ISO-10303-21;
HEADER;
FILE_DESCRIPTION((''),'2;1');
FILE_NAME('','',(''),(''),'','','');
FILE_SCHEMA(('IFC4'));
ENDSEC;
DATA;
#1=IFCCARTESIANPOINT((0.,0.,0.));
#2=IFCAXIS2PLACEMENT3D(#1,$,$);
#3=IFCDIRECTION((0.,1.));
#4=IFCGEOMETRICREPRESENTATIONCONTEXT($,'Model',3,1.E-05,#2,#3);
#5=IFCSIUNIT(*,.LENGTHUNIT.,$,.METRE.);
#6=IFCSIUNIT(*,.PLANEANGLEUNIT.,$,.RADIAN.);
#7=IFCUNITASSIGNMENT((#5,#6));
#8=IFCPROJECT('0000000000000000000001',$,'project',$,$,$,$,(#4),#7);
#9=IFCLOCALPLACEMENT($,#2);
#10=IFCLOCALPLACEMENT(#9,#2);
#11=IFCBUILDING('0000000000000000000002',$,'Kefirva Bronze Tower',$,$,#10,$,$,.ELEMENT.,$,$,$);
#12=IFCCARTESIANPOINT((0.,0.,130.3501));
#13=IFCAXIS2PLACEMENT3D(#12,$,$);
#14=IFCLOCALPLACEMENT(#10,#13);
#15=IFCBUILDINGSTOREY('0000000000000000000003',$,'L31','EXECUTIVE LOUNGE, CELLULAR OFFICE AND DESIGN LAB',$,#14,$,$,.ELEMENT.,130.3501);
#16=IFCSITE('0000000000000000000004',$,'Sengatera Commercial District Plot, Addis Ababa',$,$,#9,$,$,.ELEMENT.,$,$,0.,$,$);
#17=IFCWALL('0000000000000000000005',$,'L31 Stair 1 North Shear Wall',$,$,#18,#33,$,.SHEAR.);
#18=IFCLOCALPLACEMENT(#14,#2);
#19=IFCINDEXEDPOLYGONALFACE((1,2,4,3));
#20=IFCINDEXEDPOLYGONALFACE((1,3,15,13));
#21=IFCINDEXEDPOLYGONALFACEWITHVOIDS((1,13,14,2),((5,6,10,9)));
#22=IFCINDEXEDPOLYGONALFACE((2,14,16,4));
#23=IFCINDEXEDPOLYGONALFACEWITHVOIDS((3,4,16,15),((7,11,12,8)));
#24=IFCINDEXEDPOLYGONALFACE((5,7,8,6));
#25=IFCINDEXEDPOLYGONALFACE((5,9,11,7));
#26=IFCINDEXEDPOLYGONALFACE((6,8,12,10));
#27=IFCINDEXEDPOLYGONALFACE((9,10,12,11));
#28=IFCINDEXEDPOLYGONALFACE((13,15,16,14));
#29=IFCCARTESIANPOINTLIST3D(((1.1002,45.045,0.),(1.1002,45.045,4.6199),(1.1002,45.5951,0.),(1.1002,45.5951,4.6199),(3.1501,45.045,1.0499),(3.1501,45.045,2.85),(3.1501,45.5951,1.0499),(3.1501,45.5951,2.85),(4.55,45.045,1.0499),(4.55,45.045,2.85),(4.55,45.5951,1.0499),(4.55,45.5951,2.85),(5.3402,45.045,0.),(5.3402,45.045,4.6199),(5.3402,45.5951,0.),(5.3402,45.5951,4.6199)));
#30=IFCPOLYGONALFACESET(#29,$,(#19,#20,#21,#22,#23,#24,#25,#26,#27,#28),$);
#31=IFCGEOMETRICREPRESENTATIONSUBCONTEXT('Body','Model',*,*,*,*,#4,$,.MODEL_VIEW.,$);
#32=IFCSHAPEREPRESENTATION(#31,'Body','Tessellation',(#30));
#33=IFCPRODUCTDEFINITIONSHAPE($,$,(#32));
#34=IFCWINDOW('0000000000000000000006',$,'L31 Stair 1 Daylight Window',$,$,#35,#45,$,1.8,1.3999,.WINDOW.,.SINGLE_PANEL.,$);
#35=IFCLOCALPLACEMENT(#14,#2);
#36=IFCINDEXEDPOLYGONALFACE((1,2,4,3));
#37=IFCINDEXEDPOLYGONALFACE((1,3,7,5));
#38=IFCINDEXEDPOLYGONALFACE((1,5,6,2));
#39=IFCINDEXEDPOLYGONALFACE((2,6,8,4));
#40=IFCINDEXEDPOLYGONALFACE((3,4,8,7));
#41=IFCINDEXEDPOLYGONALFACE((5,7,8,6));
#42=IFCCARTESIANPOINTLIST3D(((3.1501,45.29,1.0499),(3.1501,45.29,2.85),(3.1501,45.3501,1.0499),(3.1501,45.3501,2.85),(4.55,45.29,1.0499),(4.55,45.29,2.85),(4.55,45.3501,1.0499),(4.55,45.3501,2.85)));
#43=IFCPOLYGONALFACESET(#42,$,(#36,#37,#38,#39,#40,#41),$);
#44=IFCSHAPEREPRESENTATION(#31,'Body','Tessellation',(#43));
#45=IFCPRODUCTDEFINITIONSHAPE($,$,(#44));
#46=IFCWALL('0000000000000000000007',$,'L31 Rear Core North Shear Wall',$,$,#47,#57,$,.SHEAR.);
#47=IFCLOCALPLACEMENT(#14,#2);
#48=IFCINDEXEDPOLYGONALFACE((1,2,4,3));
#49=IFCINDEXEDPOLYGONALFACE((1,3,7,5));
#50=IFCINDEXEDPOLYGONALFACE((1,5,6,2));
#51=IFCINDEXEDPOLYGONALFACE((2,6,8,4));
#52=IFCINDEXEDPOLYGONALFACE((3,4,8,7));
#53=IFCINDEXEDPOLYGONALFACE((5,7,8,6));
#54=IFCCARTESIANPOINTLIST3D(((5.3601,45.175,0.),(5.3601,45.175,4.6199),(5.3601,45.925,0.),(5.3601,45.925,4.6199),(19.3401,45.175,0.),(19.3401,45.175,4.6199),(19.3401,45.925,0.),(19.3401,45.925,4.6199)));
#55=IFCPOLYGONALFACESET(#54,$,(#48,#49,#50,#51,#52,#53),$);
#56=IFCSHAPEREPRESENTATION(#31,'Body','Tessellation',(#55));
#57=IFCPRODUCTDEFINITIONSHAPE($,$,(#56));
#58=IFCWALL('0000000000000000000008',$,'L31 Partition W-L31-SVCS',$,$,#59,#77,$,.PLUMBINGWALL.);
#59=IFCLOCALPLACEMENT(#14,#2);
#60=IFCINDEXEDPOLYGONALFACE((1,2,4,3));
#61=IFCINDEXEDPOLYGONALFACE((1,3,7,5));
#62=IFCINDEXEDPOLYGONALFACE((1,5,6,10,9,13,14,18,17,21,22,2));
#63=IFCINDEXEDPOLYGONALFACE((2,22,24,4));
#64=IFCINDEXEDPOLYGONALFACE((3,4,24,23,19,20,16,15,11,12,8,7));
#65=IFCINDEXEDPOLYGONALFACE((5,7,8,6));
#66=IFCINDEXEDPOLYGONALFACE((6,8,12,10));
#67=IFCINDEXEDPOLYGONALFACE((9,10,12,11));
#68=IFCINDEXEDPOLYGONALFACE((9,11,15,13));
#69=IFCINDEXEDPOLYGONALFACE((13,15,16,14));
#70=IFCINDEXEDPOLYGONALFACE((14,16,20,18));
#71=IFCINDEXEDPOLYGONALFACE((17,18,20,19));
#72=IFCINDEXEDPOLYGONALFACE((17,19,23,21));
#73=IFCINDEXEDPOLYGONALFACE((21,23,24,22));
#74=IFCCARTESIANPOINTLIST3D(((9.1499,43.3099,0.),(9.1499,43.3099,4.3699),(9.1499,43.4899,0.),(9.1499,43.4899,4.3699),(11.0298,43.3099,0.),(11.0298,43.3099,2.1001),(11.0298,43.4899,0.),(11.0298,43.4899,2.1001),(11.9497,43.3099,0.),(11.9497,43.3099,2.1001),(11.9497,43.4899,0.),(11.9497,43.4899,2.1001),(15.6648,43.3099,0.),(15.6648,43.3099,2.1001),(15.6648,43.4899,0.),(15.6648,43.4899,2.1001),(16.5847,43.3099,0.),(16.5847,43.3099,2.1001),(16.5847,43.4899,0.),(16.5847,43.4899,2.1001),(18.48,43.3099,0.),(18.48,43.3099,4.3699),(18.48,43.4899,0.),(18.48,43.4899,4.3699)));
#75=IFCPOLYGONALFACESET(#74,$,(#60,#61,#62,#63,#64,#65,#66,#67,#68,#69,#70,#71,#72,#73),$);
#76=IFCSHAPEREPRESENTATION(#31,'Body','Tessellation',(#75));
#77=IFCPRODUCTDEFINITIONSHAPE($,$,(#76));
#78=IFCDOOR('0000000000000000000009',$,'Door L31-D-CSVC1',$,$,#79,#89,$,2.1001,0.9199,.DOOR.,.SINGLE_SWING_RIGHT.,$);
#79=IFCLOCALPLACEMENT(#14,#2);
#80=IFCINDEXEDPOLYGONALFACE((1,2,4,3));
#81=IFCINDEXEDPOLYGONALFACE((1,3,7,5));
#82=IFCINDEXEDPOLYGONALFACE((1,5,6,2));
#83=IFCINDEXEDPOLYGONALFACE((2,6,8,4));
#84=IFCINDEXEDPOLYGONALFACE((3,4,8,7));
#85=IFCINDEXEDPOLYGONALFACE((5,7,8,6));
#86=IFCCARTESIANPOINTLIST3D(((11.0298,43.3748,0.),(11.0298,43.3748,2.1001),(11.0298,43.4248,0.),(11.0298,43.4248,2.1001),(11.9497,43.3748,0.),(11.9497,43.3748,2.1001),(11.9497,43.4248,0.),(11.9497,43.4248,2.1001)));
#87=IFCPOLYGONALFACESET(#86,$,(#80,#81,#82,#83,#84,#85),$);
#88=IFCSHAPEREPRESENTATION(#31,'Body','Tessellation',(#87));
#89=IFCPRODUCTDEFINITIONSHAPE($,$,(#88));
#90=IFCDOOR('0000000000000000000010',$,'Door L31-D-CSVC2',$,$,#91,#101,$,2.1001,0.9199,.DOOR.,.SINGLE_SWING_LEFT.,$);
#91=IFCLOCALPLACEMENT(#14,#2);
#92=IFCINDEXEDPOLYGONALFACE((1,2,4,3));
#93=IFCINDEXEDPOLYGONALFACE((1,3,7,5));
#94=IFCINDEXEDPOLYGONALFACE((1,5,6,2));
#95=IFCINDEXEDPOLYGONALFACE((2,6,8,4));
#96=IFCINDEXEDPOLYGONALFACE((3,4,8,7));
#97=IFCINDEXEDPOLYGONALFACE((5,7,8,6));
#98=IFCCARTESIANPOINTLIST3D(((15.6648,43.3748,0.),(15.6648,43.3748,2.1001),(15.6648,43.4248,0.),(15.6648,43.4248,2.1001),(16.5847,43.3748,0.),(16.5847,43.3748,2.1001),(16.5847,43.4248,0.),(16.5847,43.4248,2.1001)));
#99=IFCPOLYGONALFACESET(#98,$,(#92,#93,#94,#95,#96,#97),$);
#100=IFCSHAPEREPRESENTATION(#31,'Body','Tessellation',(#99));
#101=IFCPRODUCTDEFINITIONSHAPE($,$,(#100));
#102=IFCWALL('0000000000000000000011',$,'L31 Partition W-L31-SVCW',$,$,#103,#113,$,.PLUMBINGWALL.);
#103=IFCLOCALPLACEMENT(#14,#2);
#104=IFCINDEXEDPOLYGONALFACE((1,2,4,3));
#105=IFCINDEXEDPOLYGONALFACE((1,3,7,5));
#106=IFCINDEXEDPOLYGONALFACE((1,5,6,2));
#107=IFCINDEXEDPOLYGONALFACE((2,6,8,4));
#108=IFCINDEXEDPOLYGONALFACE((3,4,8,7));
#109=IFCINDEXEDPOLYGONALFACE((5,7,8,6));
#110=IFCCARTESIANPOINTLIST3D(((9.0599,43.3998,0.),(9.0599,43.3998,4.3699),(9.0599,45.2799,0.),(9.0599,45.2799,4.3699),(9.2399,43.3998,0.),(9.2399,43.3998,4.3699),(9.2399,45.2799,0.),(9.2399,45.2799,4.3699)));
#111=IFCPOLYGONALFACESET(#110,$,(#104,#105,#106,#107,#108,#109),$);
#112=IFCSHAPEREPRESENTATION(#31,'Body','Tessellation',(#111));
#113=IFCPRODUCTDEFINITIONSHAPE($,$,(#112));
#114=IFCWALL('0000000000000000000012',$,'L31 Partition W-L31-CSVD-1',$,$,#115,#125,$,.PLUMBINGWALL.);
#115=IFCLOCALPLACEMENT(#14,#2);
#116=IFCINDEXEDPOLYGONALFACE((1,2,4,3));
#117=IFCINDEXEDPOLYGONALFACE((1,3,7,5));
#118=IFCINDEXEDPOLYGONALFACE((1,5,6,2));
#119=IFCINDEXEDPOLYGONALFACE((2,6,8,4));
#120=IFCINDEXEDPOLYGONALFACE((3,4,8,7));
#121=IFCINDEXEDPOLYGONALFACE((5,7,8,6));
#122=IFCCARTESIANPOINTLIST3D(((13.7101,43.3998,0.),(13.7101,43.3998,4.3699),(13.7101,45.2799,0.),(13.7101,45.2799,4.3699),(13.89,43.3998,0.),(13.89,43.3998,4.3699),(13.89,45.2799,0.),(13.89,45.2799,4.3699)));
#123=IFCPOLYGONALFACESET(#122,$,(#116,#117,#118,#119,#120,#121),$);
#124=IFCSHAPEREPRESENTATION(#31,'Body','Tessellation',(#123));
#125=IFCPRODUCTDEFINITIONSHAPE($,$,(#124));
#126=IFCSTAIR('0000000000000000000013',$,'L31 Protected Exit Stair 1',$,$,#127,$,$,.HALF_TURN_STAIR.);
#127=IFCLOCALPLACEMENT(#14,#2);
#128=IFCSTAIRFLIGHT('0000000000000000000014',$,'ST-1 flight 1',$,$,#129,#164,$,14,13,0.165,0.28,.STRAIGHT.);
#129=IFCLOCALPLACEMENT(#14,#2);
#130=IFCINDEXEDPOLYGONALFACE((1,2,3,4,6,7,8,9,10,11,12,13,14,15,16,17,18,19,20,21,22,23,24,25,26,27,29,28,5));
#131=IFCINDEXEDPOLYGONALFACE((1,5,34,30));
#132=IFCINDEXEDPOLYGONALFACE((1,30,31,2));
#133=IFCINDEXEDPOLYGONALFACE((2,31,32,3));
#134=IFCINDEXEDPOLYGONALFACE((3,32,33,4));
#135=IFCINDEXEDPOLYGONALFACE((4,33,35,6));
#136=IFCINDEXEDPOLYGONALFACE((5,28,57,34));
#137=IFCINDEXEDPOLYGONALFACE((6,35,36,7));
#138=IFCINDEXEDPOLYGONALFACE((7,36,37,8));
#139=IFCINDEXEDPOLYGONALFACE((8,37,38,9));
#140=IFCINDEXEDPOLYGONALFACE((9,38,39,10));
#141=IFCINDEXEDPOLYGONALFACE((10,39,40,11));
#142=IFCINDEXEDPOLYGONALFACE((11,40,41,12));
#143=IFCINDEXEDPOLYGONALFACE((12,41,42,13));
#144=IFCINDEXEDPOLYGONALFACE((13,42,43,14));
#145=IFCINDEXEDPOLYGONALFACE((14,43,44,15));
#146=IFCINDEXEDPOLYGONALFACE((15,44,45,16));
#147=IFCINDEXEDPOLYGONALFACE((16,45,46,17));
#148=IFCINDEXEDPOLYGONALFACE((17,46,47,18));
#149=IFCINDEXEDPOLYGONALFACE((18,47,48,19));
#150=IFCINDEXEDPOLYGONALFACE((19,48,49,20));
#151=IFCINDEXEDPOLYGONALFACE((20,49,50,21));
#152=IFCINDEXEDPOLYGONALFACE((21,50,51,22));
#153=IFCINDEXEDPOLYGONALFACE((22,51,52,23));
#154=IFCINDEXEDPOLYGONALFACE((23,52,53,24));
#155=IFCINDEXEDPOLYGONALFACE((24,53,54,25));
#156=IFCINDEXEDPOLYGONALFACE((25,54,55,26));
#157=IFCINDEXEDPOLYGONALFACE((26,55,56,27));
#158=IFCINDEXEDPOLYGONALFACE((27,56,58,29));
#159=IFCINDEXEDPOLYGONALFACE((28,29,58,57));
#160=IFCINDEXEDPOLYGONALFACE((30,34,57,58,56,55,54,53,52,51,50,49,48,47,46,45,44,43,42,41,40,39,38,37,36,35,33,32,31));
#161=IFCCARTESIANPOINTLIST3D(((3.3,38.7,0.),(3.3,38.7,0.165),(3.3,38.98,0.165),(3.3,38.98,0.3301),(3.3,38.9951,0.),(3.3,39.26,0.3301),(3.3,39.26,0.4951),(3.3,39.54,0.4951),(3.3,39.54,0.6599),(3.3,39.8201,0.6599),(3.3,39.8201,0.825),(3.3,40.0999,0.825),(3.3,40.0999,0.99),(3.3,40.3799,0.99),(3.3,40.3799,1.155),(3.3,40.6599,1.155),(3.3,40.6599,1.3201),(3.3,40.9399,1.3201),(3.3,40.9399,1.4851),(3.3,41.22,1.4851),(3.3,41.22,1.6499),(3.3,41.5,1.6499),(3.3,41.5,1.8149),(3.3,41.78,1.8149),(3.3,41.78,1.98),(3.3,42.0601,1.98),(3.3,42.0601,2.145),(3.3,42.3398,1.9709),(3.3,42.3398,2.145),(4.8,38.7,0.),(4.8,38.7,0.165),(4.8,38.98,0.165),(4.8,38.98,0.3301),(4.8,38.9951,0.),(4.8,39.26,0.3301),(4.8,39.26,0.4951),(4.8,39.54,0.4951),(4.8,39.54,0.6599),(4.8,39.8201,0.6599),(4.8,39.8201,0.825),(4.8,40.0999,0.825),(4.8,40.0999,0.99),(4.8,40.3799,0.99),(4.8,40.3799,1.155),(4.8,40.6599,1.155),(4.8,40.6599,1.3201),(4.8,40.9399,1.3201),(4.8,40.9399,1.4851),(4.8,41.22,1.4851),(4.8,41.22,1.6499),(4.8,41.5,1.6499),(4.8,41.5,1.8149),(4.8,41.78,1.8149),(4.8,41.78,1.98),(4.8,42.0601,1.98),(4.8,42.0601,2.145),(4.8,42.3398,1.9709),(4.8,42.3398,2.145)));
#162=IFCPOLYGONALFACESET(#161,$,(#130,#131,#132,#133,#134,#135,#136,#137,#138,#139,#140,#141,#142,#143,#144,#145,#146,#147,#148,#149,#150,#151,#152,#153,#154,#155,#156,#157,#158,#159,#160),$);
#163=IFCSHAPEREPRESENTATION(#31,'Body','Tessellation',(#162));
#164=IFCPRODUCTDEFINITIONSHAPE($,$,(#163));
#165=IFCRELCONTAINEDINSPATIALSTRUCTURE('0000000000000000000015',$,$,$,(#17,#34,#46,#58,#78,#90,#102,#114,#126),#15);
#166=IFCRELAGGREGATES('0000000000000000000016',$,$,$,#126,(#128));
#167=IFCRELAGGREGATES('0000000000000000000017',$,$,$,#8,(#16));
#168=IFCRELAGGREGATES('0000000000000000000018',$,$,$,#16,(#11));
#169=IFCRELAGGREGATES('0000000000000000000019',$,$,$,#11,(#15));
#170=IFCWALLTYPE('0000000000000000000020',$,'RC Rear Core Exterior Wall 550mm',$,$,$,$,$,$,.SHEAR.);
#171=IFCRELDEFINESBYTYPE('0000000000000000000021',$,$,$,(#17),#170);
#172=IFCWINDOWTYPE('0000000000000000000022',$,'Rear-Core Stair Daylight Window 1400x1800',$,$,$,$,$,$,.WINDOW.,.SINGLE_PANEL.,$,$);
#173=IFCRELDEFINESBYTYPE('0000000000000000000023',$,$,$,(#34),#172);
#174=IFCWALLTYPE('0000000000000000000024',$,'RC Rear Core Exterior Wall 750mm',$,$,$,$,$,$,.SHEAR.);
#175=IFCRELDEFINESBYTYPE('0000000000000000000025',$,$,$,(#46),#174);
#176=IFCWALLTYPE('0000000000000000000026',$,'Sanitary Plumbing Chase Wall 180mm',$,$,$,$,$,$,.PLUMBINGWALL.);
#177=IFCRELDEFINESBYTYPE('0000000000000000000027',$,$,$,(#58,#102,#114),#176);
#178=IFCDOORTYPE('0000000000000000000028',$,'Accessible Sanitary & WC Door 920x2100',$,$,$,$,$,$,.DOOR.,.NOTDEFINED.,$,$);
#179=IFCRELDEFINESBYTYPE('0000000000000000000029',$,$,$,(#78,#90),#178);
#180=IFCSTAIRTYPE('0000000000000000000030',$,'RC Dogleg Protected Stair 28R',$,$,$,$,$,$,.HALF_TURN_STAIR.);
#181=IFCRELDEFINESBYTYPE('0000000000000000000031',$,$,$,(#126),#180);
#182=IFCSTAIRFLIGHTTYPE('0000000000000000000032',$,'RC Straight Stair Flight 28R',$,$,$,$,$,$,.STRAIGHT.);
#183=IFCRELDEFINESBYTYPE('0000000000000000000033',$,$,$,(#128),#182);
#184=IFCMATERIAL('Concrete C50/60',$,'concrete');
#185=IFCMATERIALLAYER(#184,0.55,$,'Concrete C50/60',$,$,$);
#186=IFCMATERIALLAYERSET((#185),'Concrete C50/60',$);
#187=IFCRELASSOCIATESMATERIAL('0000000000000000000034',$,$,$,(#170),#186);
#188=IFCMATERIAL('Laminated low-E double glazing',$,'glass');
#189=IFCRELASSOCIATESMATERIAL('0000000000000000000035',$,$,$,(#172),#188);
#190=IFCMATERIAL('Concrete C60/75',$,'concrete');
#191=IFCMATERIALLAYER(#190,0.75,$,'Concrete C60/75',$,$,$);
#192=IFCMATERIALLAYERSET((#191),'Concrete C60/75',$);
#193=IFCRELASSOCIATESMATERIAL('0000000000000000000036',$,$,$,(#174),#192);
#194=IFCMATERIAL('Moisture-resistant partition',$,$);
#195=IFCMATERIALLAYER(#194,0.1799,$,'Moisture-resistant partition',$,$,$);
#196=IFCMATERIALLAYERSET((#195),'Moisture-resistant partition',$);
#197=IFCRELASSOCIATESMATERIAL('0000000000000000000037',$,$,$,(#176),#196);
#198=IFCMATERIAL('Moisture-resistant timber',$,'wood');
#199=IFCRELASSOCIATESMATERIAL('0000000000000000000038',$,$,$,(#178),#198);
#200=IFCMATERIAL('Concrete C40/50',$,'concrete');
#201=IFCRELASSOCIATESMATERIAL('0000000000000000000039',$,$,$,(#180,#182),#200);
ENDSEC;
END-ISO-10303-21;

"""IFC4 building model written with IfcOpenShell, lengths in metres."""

from ifc_helpers import new_model, si_unit, direction, frame, frame_2d, origin, place, context, subcontext, project, spatial, polyline, rectangle, outline, extrude, material, layer, layer_set, type_object, element, fill, aggregate, save


model = new_model("IFC4")

# Units and contexts
model_context = context("Model", 3, precision=1e-05, world=origin(), true_north=direction((0.0, 1.0)))
body_context = subcontext(model_context, "Body", "Model", "MODEL_VIEW")
ifc_project = project(units=[si_unit("LENGTHUNIT", "METRE"), si_unit("PLANEANGLEUNIT", "RADIAN")], contexts=[model_context])

# Site, building, storey
site_placement = place(None, origin())
site = spatial("IfcSite", under=ifc_project, at=site_placement, Name="Sengatera Commercial District Plot, Addis Ababa", CompositionType="ELEMENT", RefElevation=0.0)
building_placement = place(site_placement, origin())
building = spatial("IfcBuilding", under=site, at=building_placement, Name="Kefirva Bronze Tower", CompositionType="ELEMENT")
storey_placement = place(building_placement, frame((0.0, 0.0, 130.3501)))
storey = spatial("IfcBuildingStorey", under=building, at=storey_placement, Name="L31", Description="EXECUTIVE LOUNGE, CELLULAR OFFICE AND DESIGN LAB", CompositionType="ELEMENT", Elevation=130.3501)

# Shared definitions
ifc_material_1 = material(Name="Concrete C60/75", Category="concrete")

# Shared definitions
ifc_material_2 = material(Name="Concrete C50/60", Category="concrete")

# Wall, opening, window
ifc_layer_1 = layer(ifc_material_2, 0.55, Name="Concrete C50/60")
ifc_layer_set_1 = layer_set([ifc_layer_1], Name="Concrete C50/60")
wall_type_1 = type_object("IfcWallType", Name="RC Rear Core Exterior Wall 550mm", PredefinedType="SHEAR", material=ifc_layer_set_1)
wall_1_placement = place(storey_placement, frame((1.1001, 45.3201, 0.0), z_axis=(0.0, 0.0, 1.0), x_axis=(1.0, 0.0, 0.0)))
wall_1 = element("IfcWall", 1, at=wall_1_placement, inside=storey, type_object=wall_type_1, Name="L31 Stair 1 North Shear Wall", PredefinedType="SHEAR", context=body_context, shape_type="SweptSolid", body=[
    extrude(rectangle(XDim=4.24, YDim=0.55, at=frame_2d((2.1201, 0.0))), origin(), (0.0, 0.0, 1.0), 4.6199),
])
opening_1_placement = place(wall_1_placement, frame((2.05, 0.0, 1.05)))
opening_1 = element("IfcOpeningElement", 2, at=opening_1_placement, cuts=wall_1, PredefinedType="OPENING", context=body_context, shape_type="SweptSolid", body=[
    extrude(rectangle(XDim=1.3999, YDim=1.8, at=frame_2d((0.7, 0.8999))), frame((0.0, 0.2852, 0.0), z_axis=(0.0, -1.0, 0.0), x_axis=(1.0, 0.0, 0.0)), (0.0, 0.0, 1.0), 0.5701),
])
ifc_material_3 = material(Name="Laminated low-E double glazing", Category="glass")
window_type = type_object("IfcWindowType", Name="Rear-Core Stair Daylight Window 1400x1800", PartitioningType="SINGLE_PANEL", PredefinedType="WINDOW", material=ifc_material_3)
window_placement = place(opening_1_placement, origin())
window = element("IfcWindow", 3, at=window_placement, inside=storey, type_object=window_type, Name="L31 Stair 1 Daylight Window", OverallHeight=1.8, OverallWidth=1.3999, PartitioningType="SINGLE_PANEL", PredefinedType="WINDOW", context=body_context, shape_type="SweptSolid", body=[
    extrude(rectangle(XDim=1.3999, YDim=1.8, at=frame_2d((0.7, 0.8999))), frame((0.0, 0.03, 0.0), z_axis=(0.0, -1.0, 0.0), x_axis=(1.0, 0.0, 0.0)), (0.0, 0.0, 1.0), 0.0601),
])
fill(opening_1, window)

# Wall
ifc_layer_2 = layer(ifc_material_1, 0.75, Name="Concrete C60/75")
ifc_layer_set_2 = layer_set([ifc_layer_2], Name="Concrete C60/75")
wall_type_2 = type_object("IfcWallType", Name="RC Rear Core Exterior Wall 750mm", PredefinedType="SHEAR", material=ifc_layer_set_2)
wall_2_placement = place(storey_placement, frame((5.3601, 45.55, 0.0), z_axis=(0.0, 0.0, 1.0), x_axis=(1.0, 0.0, 0.0)))
element("IfcWall", 4, at=wall_2_placement, inside=storey, type_object=wall_type_2, Name="L31 Rear Core North Shear Wall", PredefinedType="SHEAR", context=body_context, shape_type="SweptSolid", body=[
    extrude(rectangle(XDim=13.98, YDim=0.75, at=frame_2d((6.99, 0.0))), origin(), (0.0, 0.0, 1.0), 4.6199),
])

# Wall, openings, doors
ifc_material_4 = material(Name="Moisture-resistant partition")
ifc_layer_3 = layer(ifc_material_4, 0.1799, Name="Moisture-resistant partition")
ifc_layer_set_3 = layer_set([ifc_layer_3], Name="Moisture-resistant partition")
wall_type_3 = type_object("IfcWallType", Name="Sanitary Plumbing Chase Wall 180mm", PredefinedType="PLUMBINGWALL", material=ifc_layer_set_3)
wall_3_placement = place(storey_placement, frame((9.1499, 43.3999, 0.0), z_axis=(0.0, 0.0, 1.0), x_axis=(1.0, 0.0, 0.0)))
wall_3 = element("IfcWall", 5, at=wall_3_placement, inside=storey, type_object=wall_type_3, Name="L31 Partition W-L31-SVCS", PredefinedType="PLUMBINGWALL", context=body_context, shape_type="SweptSolid", body=[
    extrude(rectangle(XDim=9.3301, YDim=0.1799, at=frame_2d((4.665, 0.0))), origin(), (0.0, 0.0, 1.0), 4.3699),
])
opening_2_placement = place(wall_3_placement, frame((1.8799, 0.0, 0.0)))
opening_2 = element("IfcOpeningElement", 6, at=opening_2_placement, cuts=wall_3, PredefinedType="OPENING", context=body_context, shape_type="SweptSolid", body=[
    extrude(rectangle(XDim=0.9199, YDim=2.1001, at=frame_2d((0.46, 1.05))), frame((0.0, 0.1001, 0.0), z_axis=(0.0, -1.0, 0.0), x_axis=(1.0, 0.0, 0.0)), (0.0, 0.0, 1.0), 0.2),
])
opening_3_placement = place(wall_3_placement, frame((6.5149, 0.0, 0.0)))
opening_3 = element("IfcOpeningElement", 7, at=opening_3_placement, cuts=wall_3, PredefinedType="OPENING", context=body_context, shape_type="SweptSolid", body=[
    extrude(rectangle(XDim=0.9199, YDim=2.1001, at=frame_2d((0.46, 1.05))), frame((0.0, 0.1001, 0.0), z_axis=(0.0, -1.0, 0.0), x_axis=(1.0, 0.0, 0.0)), (0.0, 0.0, 1.0), 0.2),
])
ifc_material_5 = material(Name="Moisture-resistant timber", Category="wood")
door_type_1 = type_object("IfcDoorType", Name="Accessible Sanitary & WC Door 920x2100", OperationType="NOTDEFINED", PredefinedType="DOOR", material=ifc_material_5)
door_1_placement = place(opening_2_placement, origin())
door_1 = element("IfcDoor", 8, at=door_1_placement, inside=storey, type_object=door_type_1, Name="Door L31-D-CSVC1", OperationType="SINGLE_SWING_RIGHT", OverallHeight=2.1001, OverallWidth=0.9199, PredefinedType="DOOR", context=body_context, shape_type="SweptSolid", body=[
    extrude(rectangle(XDim=0.9199, YDim=2.1001, at=frame_2d((0.46, 1.05))), frame((0.0, 0.0249, 0.0), z_axis=(0.0, -1.0, 0.0), x_axis=(1.0, 0.0, 0.0)), (0.0, 0.0, 1.0), 0.05),
])
fill(opening_2, door_1)
door_2_placement = place(opening_3_placement, origin())
door_2 = element("IfcDoor", 9, at=door_2_placement, inside=storey, type_object=door_type_1, Name="Door L31-D-CSVC2", OperationType="SINGLE_SWING_LEFT", OverallHeight=2.1001, OverallWidth=0.9199, PredefinedType="DOOR", context=body_context, shape_type="SweptSolid", body=[
    extrude(rectangle(XDim=0.9199, YDim=2.1001, at=frame_2d((0.46, 1.05))), frame((0.0, 0.0249, 0.0), z_axis=(0.0, -1.0, 0.0), x_axis=(1.0, 0.0, 0.0)), (0.0, 0.0, 1.0), 0.05),
])
fill(opening_3, door_2)

# Walls
for number, where, z_axis, x_axis, name in (
    (10, (9.1499, 43.3999, 0.0), (0.0, 0.0, 1.0), (0.0, 1.0, 0.0), "L31 Partition W-L31-SVCW"),
    (11, (13.8, 43.3999, 0.0), (0.0, 0.0, 1.0), (0.0, 1.0, 0.0), "L31 Partition W-L31-CSVD-1"),
):
    element("IfcWall", number, at=place(storey_placement, frame(where, z_axis=z_axis, x_axis=x_axis)), inside=storey, type_object=wall_type_3, Name=name, PredefinedType="PLUMBINGWALL", context=body_context, shape_type="SweptSolid", body=[
        extrude(rectangle(XDim=1.8801, YDim=0.1799, at=frame_2d((0.9399, 0.0))), origin(), (0.0, 0.0, 1.0), 4.3699),
    ])

# Stair, stair flight
ifc_material_6 = material(Name="Concrete C40/50", Category="concrete")
stair_type = type_object("IfcStairType", Name="RC Dogleg Protected Stair 28R", PredefinedType="HALF_TURN_STAIR", material=ifc_material_6)
stair_placement = place(storey_placement, origin())
stair = element("IfcStair", 12, at=stair_placement, inside=storey, type_object=stair_type, Name="L31 Protected Exit Stair 1", PredefinedType="HALF_TURN_STAIR")
stair_flight_type = type_object("IfcStairFlightType", Name="RC Straight Stair Flight 28R", PredefinedType="STRAIGHT", material=ifc_material_6)
stair_flight_1_placement = place(storey_placement, frame((4.05, 38.7, 0.0), z_axis=(0.0, 0.0, 1.0), x_axis=(0.0, 1.0, 0.0)))
stair_flight_1 = element("IfcStairFlight", 13, at=stair_flight_1_placement, type_object=stair_flight_type, Name="ST-1 flight 1", NumberOfRisers=14, NumberOfTreads=13, PredefinedType="STRAIGHT", RiserHeight=0.165, TreadLength=0.28, context=body_context, shape_type="SweptSolid", body=[
    extrude(outline(polyline([(0.0, 0.0), (0.0, 0.165), (0.28, 0.165), (0.28, 0.3301), (0.5601, 0.3301), (0.5601, 0.4951), (0.8401, 0.4951), (0.8401, 0.6599), (1.1201, 0.6599), (1.1201, 0.825), (1.3999, 0.825), (1.3999, 0.99), (1.6799, 0.99), (1.6799, 1.155), (1.96, 1.155), (1.96, 1.3201), (2.24, 1.3201), (2.24, 1.4851), (2.52, 1.4851), (2.52, 1.6499), (2.8, 1.6499), (2.8, 1.8149), (3.0801, 1.8149), (3.0801, 1.98), (3.3601, 1.98), (3.3601, 2.145), (3.6399, 2.145), (3.6399, 2.3101), (3.6399, 1.9709), (0.2952, 0.0), (0.0, 0.0)])), frame((0.0, 0.75, 0.0), z_axis=(0.0, -1.0, 0.0), x_axis=(1.0, 0.0, 0.0)), (0.0, 0.0, 1.0), 1.5),
])
aggregate(stair, [stair_flight_1])

save(model, "model.ifc")
